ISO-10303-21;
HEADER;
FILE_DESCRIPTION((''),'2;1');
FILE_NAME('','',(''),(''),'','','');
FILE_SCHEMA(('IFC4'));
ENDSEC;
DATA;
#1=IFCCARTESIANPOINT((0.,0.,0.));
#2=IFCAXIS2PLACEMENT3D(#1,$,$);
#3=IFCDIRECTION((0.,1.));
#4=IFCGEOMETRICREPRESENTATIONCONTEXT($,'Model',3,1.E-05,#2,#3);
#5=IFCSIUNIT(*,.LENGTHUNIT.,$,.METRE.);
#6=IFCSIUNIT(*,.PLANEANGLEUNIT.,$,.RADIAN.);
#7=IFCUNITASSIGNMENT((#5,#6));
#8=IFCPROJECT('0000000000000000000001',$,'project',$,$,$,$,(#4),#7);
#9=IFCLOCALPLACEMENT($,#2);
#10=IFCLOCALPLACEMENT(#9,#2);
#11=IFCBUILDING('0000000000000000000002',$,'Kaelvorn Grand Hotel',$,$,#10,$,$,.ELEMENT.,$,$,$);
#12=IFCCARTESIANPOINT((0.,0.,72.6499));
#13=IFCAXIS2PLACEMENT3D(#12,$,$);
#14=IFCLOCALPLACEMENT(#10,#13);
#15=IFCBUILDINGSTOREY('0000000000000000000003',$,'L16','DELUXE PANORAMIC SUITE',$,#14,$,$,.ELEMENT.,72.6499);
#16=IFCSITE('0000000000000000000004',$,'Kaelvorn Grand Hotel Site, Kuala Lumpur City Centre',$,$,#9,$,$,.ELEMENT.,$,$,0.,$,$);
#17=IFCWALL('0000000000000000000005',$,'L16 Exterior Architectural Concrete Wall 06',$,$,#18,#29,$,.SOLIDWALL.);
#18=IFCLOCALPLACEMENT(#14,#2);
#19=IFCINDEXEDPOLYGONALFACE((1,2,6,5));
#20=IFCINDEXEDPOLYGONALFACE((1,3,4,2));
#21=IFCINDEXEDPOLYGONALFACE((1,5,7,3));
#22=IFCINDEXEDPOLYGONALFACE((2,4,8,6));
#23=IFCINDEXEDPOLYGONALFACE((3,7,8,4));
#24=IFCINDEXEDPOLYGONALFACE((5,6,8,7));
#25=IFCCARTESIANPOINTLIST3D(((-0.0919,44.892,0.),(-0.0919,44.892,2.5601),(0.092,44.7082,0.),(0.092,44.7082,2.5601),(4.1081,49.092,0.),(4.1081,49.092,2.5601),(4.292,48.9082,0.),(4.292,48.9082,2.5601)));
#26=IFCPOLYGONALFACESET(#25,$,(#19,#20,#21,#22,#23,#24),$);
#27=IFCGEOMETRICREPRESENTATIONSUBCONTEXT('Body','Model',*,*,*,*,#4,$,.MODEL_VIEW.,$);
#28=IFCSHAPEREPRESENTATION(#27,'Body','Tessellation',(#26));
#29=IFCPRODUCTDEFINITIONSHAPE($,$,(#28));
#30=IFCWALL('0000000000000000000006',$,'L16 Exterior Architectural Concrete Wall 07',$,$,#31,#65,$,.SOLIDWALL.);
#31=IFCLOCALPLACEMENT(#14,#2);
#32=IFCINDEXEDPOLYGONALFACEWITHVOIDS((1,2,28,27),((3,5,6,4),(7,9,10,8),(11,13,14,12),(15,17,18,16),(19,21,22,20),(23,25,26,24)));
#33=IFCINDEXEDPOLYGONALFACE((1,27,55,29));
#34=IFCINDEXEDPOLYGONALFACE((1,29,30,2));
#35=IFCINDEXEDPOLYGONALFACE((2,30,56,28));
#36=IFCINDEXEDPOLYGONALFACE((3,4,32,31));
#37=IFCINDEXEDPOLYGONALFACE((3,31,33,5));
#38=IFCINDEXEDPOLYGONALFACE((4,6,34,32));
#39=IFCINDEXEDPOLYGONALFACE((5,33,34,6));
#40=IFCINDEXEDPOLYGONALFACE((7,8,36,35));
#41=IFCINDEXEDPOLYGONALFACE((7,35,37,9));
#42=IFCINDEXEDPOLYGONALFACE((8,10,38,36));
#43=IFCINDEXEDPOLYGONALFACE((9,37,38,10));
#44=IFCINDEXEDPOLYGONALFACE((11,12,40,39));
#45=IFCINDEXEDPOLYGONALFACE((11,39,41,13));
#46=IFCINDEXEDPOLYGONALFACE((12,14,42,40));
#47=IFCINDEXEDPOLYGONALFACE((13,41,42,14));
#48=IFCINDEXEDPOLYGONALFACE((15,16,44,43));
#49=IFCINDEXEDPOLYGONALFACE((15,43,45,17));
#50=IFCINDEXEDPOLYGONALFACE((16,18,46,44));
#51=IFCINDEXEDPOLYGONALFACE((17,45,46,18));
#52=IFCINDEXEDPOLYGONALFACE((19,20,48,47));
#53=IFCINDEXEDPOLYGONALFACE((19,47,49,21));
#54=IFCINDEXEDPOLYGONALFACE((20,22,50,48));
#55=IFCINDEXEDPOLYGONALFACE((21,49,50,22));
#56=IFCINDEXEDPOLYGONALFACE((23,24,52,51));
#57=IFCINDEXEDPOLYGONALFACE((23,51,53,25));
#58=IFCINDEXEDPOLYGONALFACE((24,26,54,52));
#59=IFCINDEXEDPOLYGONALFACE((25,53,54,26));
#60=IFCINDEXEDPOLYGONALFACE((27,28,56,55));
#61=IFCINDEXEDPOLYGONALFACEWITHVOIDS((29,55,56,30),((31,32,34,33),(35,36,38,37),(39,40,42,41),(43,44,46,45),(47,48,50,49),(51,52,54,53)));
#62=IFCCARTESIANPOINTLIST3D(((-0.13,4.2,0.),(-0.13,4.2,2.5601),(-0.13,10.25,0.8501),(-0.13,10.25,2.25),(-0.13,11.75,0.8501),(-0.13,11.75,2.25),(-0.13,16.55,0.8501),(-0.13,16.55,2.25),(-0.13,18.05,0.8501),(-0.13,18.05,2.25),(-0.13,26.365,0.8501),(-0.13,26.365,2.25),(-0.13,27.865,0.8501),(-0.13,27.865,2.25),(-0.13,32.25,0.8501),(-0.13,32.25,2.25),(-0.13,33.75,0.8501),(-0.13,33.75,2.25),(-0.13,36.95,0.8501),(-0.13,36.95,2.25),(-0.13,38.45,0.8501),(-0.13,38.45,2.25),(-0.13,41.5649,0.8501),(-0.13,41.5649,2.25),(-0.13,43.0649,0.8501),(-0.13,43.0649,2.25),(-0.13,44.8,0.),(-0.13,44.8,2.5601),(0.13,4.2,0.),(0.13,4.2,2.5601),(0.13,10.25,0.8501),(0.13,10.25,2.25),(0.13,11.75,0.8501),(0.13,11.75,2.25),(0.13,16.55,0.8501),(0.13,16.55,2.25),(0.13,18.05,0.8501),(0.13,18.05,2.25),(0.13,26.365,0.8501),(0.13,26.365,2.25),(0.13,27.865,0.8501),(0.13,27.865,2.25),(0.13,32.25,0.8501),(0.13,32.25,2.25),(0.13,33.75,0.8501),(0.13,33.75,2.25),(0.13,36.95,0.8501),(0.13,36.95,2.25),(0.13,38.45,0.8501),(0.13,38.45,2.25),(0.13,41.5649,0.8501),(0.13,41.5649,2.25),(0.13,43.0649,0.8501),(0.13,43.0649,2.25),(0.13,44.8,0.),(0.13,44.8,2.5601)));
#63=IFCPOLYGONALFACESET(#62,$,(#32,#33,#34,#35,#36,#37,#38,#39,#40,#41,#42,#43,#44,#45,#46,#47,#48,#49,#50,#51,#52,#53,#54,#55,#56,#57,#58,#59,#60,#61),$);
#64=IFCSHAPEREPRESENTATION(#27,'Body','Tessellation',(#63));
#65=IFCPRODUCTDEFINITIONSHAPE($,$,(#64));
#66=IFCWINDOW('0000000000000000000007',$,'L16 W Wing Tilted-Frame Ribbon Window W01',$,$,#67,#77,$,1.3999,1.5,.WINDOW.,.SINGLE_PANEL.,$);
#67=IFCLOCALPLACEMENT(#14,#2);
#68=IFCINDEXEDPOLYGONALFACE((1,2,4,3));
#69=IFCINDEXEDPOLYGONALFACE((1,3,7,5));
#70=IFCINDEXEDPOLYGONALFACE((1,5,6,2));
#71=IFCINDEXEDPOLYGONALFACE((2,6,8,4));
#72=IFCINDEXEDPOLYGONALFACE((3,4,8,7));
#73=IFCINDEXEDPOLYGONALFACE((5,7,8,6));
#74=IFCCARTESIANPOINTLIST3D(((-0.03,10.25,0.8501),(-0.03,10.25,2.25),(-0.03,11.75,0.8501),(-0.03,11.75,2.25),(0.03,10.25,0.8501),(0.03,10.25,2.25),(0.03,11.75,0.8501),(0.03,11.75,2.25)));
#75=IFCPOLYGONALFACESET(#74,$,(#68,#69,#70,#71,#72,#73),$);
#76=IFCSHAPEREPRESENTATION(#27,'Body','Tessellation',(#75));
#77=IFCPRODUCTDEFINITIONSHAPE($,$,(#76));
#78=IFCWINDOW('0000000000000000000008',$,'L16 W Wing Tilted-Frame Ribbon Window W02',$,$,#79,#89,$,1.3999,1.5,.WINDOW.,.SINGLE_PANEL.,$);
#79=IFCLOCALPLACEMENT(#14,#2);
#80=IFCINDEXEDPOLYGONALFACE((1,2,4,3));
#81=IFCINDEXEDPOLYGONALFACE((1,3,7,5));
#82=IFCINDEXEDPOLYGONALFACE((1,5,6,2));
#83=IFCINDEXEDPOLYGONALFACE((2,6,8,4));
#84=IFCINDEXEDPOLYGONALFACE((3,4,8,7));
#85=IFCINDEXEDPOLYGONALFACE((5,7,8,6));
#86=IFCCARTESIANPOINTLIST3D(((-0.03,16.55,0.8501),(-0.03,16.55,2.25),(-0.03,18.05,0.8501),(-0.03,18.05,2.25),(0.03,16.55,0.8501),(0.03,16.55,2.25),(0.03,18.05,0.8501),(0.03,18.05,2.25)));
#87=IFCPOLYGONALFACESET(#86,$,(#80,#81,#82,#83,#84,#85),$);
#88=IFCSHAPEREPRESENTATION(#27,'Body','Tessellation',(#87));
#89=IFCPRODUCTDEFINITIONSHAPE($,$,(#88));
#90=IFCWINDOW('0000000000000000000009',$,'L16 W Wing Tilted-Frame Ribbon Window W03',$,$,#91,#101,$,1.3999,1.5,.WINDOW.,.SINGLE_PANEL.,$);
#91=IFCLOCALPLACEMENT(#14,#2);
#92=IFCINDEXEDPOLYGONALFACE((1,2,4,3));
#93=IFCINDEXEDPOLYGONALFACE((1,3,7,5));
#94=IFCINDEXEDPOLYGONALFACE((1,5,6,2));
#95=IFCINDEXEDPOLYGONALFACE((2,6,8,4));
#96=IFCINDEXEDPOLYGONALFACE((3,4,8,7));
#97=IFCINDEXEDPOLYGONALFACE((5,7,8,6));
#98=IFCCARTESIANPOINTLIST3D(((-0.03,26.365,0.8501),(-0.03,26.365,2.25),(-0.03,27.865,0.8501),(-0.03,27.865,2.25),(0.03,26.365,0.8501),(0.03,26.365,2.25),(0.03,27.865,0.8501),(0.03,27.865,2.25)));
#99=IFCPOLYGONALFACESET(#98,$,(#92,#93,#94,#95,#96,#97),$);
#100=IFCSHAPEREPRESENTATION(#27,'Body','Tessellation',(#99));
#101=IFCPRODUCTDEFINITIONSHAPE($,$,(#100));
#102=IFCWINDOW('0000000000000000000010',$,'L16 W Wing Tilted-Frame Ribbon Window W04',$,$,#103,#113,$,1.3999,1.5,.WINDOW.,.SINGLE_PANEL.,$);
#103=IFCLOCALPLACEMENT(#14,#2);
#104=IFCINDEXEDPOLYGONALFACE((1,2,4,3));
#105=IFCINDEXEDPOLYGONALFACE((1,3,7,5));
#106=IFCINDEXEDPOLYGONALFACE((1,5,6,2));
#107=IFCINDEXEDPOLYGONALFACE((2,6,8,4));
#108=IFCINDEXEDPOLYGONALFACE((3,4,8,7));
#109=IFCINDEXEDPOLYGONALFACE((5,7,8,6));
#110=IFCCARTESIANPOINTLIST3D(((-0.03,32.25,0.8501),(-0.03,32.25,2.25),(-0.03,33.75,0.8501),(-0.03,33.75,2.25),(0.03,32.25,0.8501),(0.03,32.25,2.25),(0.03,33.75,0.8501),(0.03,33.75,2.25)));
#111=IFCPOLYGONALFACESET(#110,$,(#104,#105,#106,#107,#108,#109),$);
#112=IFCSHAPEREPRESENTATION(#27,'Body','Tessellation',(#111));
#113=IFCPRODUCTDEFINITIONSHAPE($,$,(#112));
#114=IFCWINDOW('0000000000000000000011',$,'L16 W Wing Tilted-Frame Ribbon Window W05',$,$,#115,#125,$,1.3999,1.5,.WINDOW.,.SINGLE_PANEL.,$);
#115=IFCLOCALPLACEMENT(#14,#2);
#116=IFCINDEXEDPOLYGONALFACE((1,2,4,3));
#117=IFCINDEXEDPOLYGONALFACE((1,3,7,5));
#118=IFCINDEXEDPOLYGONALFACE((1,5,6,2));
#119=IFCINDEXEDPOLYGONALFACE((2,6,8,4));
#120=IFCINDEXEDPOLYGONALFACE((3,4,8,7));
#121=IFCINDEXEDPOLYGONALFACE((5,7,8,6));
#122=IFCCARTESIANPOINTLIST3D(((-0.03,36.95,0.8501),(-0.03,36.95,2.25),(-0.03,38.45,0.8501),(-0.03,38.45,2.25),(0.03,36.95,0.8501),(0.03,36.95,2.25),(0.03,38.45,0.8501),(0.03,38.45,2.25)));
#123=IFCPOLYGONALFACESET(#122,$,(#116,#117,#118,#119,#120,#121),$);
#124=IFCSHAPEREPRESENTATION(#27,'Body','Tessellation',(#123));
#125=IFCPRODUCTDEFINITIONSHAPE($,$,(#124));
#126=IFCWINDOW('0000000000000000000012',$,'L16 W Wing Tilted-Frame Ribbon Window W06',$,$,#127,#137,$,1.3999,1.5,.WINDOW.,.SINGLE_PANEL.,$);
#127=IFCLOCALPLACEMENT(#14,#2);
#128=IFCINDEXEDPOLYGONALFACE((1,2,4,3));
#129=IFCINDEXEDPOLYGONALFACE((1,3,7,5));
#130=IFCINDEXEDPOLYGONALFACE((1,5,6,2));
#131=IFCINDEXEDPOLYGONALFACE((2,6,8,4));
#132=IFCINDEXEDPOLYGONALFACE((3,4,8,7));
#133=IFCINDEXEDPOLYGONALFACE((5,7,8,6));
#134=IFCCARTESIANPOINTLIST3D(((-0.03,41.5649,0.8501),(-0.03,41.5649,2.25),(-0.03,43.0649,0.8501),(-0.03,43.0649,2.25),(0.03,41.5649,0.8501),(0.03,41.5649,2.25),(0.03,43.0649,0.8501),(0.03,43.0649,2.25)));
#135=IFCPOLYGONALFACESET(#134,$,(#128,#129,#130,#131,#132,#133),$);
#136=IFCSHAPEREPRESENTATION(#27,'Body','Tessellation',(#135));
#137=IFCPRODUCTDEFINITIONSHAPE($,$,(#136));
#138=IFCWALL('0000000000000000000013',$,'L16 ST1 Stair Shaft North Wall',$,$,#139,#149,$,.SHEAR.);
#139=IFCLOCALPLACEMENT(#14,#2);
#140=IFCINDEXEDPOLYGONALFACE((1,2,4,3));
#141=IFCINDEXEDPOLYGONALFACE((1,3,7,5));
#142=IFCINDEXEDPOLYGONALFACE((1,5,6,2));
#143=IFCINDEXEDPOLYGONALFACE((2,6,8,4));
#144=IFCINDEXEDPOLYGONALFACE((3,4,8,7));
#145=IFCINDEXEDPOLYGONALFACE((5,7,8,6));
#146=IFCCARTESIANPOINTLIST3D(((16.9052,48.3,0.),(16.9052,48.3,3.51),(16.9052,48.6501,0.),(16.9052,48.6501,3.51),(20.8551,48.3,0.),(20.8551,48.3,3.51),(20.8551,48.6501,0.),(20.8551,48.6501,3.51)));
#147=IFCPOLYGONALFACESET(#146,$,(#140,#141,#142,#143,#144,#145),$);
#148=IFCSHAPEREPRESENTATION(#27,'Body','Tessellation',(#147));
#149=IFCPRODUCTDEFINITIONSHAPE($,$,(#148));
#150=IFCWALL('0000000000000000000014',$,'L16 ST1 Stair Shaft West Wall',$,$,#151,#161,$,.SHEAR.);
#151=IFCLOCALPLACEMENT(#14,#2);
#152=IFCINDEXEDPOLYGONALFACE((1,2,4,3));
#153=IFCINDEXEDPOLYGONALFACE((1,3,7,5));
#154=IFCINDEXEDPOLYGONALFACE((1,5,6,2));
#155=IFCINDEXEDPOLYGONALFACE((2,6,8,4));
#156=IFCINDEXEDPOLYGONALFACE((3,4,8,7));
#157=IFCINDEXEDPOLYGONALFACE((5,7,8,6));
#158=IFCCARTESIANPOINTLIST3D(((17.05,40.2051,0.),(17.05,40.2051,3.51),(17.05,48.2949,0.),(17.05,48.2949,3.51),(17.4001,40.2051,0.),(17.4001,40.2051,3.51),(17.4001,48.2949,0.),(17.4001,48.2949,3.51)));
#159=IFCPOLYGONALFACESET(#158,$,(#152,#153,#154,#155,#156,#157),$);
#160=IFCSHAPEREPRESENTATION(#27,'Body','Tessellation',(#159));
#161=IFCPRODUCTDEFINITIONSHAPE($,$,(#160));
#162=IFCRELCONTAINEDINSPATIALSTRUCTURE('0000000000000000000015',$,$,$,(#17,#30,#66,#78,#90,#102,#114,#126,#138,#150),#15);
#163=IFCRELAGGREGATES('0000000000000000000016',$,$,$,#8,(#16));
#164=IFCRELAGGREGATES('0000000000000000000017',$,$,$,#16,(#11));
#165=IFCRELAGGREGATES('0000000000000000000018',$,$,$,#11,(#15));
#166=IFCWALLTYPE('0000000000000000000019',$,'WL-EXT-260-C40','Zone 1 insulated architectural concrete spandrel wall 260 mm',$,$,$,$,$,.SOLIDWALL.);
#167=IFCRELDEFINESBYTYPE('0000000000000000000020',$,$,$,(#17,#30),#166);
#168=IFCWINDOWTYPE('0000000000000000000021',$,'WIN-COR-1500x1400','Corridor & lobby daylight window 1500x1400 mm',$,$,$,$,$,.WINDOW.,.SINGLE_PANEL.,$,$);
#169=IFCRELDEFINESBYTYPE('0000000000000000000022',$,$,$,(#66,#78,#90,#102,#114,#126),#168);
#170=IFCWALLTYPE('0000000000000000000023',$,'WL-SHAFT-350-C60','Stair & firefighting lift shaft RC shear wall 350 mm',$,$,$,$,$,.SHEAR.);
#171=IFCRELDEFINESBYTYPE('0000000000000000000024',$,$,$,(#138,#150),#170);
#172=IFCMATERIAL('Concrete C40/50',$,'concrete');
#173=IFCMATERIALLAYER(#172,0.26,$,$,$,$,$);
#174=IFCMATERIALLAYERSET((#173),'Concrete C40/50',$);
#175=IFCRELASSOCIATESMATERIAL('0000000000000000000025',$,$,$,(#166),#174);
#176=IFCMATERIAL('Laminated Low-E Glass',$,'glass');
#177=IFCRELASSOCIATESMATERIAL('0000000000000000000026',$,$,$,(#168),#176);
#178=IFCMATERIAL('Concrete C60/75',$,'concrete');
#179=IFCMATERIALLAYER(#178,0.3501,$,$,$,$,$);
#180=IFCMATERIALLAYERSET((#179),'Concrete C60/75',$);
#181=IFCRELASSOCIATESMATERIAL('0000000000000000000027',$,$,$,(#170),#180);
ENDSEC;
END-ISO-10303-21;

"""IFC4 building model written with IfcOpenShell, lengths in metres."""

from ifc_helpers import new_model, si_unit, direction, frame, frame_2d, origin, place, context, subcontext, project, spatial, rectangle, extrude, material, layer, layer_set, type_object, element, fill, save


model = new_model("IFC4")

# Units and contexts
model_context = context("Model", 3, precision=1e-05, world=origin(), true_north=direction((0.0, 1.0)))
body_context = subcontext(model_context, "Body", "Model", "MODEL_VIEW")
ifc_project = project(units=[si_unit("LENGTHUNIT", "METRE"), si_unit("PLANEANGLEUNIT", "RADIAN")], contexts=[model_context])

# Site, building, storey
site_placement = place(None, origin())
site = spatial("IfcSite", under=ifc_project, at=site_placement, Name="Kaelvorn Grand Hotel Site, Kuala Lumpur City Centre", CompositionType="ELEMENT", RefElevation=0.0)
building_placement = place(site_placement, origin())
building = spatial("IfcBuilding", under=site, at=building_placement, Name="Kaelvorn Grand Hotel", CompositionType="ELEMENT")
storey_placement = place(building_placement, frame((0.0, 0.0, 72.6499)))
storey = spatial("IfcBuildingStorey", under=building, at=storey_placement, Name="L16", Description="DELUXE PANORAMIC SUITE", CompositionType="ELEMENT", Elevation=72.6499)

# Shared definitions
ifc_material_1 = material(Name="Concrete C60/75", Category="concrete")

# Wall
ifc_material_2 = material(Name="Concrete C40/50", Category="concrete")
ifc_layer_1 = layer(ifc_material_2, 0.26)
ifc_layer_set_1 = layer_set([ifc_layer_1], Name="Concrete C40/50")
wall_type_1 = type_object("IfcWallType", Name="WL-EXT-260-C40", Description="Zone 1 insulated architectural concrete spandrel wall 260 mm", PredefinedType="SOLIDWALL", material=ifc_layer_set_1)
wall_1_placement = place(storey_placement, frame((4.2, 49.0, 0.0), z_axis=(0.0, 0.0, 1.0), x_axis=(-0.707107, -0.707107, 0.0)))
element("IfcWall", 1, at=wall_1_placement, inside=storey, type_object=wall_type_1, Name="L16 Exterior Architectural Concrete Wall 06", PredefinedType="SOLIDWALL", context=body_context, shape_type="SweptSolid", body=[
    extrude(rectangle(XDim=5.9397, YDim=0.26, at=frame_2d((2.9697, 0.0))), origin(), (0.0, 0.0, 1.0), 2.5601),
])

# Wall, openings, windows
wall_2_placement = place(storey_placement, frame((0.0, 44.8, 0.0), z_axis=(0.0, 0.0, 1.0), x_axis=(0.0, -1.0, 0.0)))
wall_2 = element("IfcWall", 2, at=wall_2_placement, inside=storey, type_object=wall_type_1, Name="L16 Exterior Architectural Concrete Wall 07", PredefinedType="SOLIDWALL", context=body_context, shape_type="SweptSolid", body=[
    extrude(rectangle(XDim=40.6001, YDim=0.26, at=frame_2d((20.3, 0.0))), origin(), (0.0, 0.0, 1.0), 2.5601),
])
opening_1_placement = place(wall_2_placement, frame((33.05, 0.0, 0.8501)))
opening_1 = element("IfcOpeningElement", 3, at=opening_1_placement, cuts=wall_2, PredefinedType="OPENING", context=body_context, shape_type="SweptSolid", body=[
    extrude(rectangle(XDim=1.5, YDim=1.3999, at=frame_2d((0.75, 0.7))), frame((0.0, 0.1401, 0.0), z_axis=(0.0, -1.0, 0.0), x_axis=(1.0, 0.0, 0.0)), (0.0, 0.0, 1.0), 0.28),
])
opening_2_placement = place(wall_2_placement, frame((26.75, 0.0, 0.8501)))
opening_2 = element("IfcOpeningElement", 4, at=opening_2_placement, cuts=wall_2, PredefinedType="OPENING", context=body_context, shape_type="SweptSolid", body=[
    extrude(rectangle(XDim=1.5, YDim=1.3999, at=frame_2d((0.75, 0.7))), frame((0.0, 0.1401, 0.0), z_axis=(0.0, -1.0, 0.0), x_axis=(1.0, 0.0, 0.0)), (0.0, 0.0, 1.0), 0.28),
])
opening_3_placement = place(wall_2_placement, frame((16.9351, 0.0, 0.8501)))
opening_3 = element("IfcOpeningElement", 5, at=opening_3_placement, cuts=wall_2, PredefinedType="OPENING", context=body_context, shape_type="SweptSolid", body=[
    extrude(rectangle(XDim=1.5, YDim=1.3999, at=frame_2d((0.75, 0.7))), frame((0.0, 0.1401, 0.0), z_axis=(0.0, -1.0, 0.0), x_axis=(1.0, 0.0, 0.0)), (0.0, 0.0, 1.0), 0.28),
])
opening_4_placement = place(wall_2_placement, frame((11.05, 0.0, 0.8501)))
opening_4 = element("IfcOpeningElement", 6, at=opening_4_placement, cuts=wall_2, PredefinedType="OPENING", context=body_context, shape_type="SweptSolid", body=[
    extrude(rectangle(XDim=1.5, YDim=1.3999, at=frame_2d((0.75, 0.7))), frame((0.0, 0.1401, 0.0), z_axis=(0.0, -1.0, 0.0), x_axis=(1.0, 0.0, 0.0)), (0.0, 0.0, 1.0), 0.28),
])
opening_5_placement = place(wall_2_placement, frame((6.3501, 0.0, 0.8501)))
opening_5 = element("IfcOpeningElement", 7, at=opening_5_placement, cuts=wall_2, PredefinedType="OPENING", context=body_context, shape_type="SweptSolid", body=[
    extrude(rectangle(XDim=1.5, YDim=1.3999, at=frame_2d((0.75, 0.7))), frame((0.0, 0.1401, 0.0), z_axis=(0.0, -1.0, 0.0), x_axis=(1.0, 0.0, 0.0)), (0.0, 0.0, 1.0), 0.28),
])
opening_6_placement = place(wall_2_placement, frame((1.7351, 0.0, 0.8501)))
opening_6 = element("IfcOpeningElement", 8, at=opening_6_placement, cuts=wall_2, PredefinedType="OPENING", context=body_context, shape_type="SweptSolid", body=[
    extrude(rectangle(XDim=1.5, YDim=1.3999, at=frame_2d((0.75, 0.7))), frame((0.0, 0.1401, 0.0), z_axis=(0.0, -1.0, 0.0), x_axis=(1.0, 0.0, 0.0)), (0.0, 0.0, 1.0), 0.28),
])
ifc_material_3 = material(Name="Laminated Low-E Glass", Category="glass")
window_type = type_object("IfcWindowType", Name="WIN-COR-1500x1400", Description="Corridor & lobby daylight window 1500x1400 mm", PartitioningType="SINGLE_PANEL", PredefinedType="WINDOW", material=ifc_material_3)
window_1_placement = place(opening_1_placement, origin())
window_1 = element("IfcWindow", 9, at=window_1_placement, inside=storey, type_object=window_type, Name="L16 W Wing Tilted-Frame Ribbon Window W01", OverallHeight=1.3999, OverallWidth=1.5, PartitioningType="SINGLE_PANEL", PredefinedType="WINDOW", context=body_context, shape_type="SweptSolid", body=[
    extrude(rectangle(XDim=1.5, YDim=1.3999, at=frame_2d((0.75, 0.7))), frame((0.0, 0.03, 0.0), z_axis=(0.0, -1.0, 0.0), x_axis=(1.0, 0.0, 0.0)), (0.0, 0.0, 1.0), 0.0601),
])
fill(opening_1, window_1)
window_2_placement = place(opening_2_placement, origin())
window_2 = element("IfcWindow", 10, at=window_2_placement, inside=storey, type_object=window_type, Name="L16 W Wing Tilted-Frame Ribbon Window W02", OverallHeight=1.3999, OverallWidth=1.5, PartitioningType="SINGLE_PANEL", PredefinedType="WINDOW", context=body_context, shape_type="SweptSolid", body=[
    extrude(rectangle(XDim=1.5, YDim=1.3999, at=frame_2d((0.75, 0.7))), frame((0.0, 0.03, 0.0), z_axis=(0.0, -1.0, 0.0), x_axis=(1.0, 0.0, 0.0)), (0.0, 0.0, 1.0), 0.0601),
])
fill(opening_2, window_2)
window_3_placement = place(opening_3_placement, origin())
window_3 = element("IfcWindow", 11, at=window_3_placement, inside=storey, type_object=window_type, Name="L16 W Wing Tilted-Frame Ribbon Window W03", OverallHeight=1.3999, OverallWidth=1.5, PartitioningType="SINGLE_PANEL", PredefinedType="WINDOW", context=body_context, shape_type="SweptSolid", body=[
    extrude(rectangle(XDim=1.5, YDim=1.3999, at=frame_2d((0.75, 0.7))), frame((0.0, 0.03, 0.0), z_axis=(0.0, -1.0, 0.0), x_axis=(1.0, 0.0, 0.0)), (0.0, 0.0, 1.0), 0.0601),
])
fill(opening_3, window_3)
window_4_placement = place(opening_4_placement, origin())
window_4 = element("IfcWindow", 12, at=window_4_placement, inside=storey, type_object=window_type, Name="L16 W Wing Tilted-Frame Ribbon Window W04", OverallHeight=1.3999, OverallWidth=1.5, PartitioningType="SINGLE_PANEL", PredefinedType="WINDOW", context=body_context, shape_type="SweptSolid", body=[
    extrude(rectangle(XDim=1.5, YDim=1.3999, at=frame_2d((0.75, 0.7))), frame((0.0, 0.03, 0.0), z_axis=(0.0, -1.0, 0.0), x_axis=(1.0, 0.0, 0.0)), (0.0, 0.0, 1.0), 0.0601),
])
fill(opening_4, window_4)
window_5_placement = place(opening_5_placement, origin())
window_5 = element("IfcWindow", 13, at=window_5_placement, inside=storey, type_object=window_type, Name="L16 W Wing Tilted-Frame Ribbon Window W05", OverallHeight=1.3999, OverallWidth=1.5, PartitioningType="SINGLE_PANEL", PredefinedType="WINDOW", context=body_context, shape_type="SweptSolid", body=[
    extrude(rectangle(XDim=1.5, YDim=1.3999, at=frame_2d((0.75, 0.7))), frame((0.0, 0.03, 0.0), z_axis=(0.0, -1.0, 0.0), x_axis=(1.0, 0.0, 0.0)), (0.0, 0.0, 1.0), 0.0601),
])
fill(opening_5, window_5)
window_6_placement = place(opening_6_placement, origin())
window_6 = element("IfcWindow", 14, at=window_6_placement, inside=storey, type_object=window_type, Name="L16 W Wing Tilted-Frame Ribbon Window W06", OverallHeight=1.3999, OverallWidth=1.5, PartitioningType="SINGLE_PANEL", PredefinedType="WINDOW", context=body_context, shape_type="SweptSolid", body=[
    extrude(rectangle(XDim=1.5, YDim=1.3999, at=frame_2d((0.75, 0.7))), frame((0.0, 0.03, 0.0), z_axis=(0.0, -1.0, 0.0), x_axis=(1.0, 0.0, 0.0)), (0.0, 0.0, 1.0), 0.0601),
])
fill(opening_6, window_6)

# Shared definitions
ifc_layer_2 = layer(ifc_material_1, 0.3501)
ifc_layer_set_2 = layer_set([ifc_layer_2], Name="Concrete C60/75")
wall_type_2 = type_object("IfcWallType", Name="WL-SHAFT-350-C60", Description="Stair & firefighting lift shaft RC shear wall 350 mm", PredefinedType="SHEAR", material=ifc_layer_set_2)

# Walls
wall_3_placement = place(storey_placement, frame((16.905, 48.4751, 0.0), z_axis=(0.0, 0.0, 1.0), x_axis=(1.0, 0.0, 0.0)))
element("IfcWall", 15, at=wall_3_placement, inside=storey, type_object=wall_type_2, Name="L16 ST1 Stair Shaft North Wall", PredefinedType="SHEAR", context=body_context, shape_type="SweptSolid", body=[
    extrude(rectangle(XDim=3.95, YDim=0.3501, at=frame_2d((1.9751, 0.0))), origin(), (0.0, 0.0, 1.0), 3.51),
])
wall_4_placement = place(storey_placement, frame((17.2251, 40.2051, 0.0), z_axis=(0.0, 0.0, 1.0), x_axis=(0.0, 1.0, 0.0)))
element("IfcWall", 16, at=wall_4_placement, inside=storey, type_object=wall_type_2, Name="L16 ST1 Stair Shaft West Wall", PredefinedType="SHEAR", context=body_context, shape_type="SweptSolid", body=[
    extrude(rectangle(XDim=8.0898, YDim=0.3501, at=frame_2d((4.0449, 0.0))), origin(), (0.0, 0.0, 1.0), 3.51),
])

save(model, "model.ifc")
